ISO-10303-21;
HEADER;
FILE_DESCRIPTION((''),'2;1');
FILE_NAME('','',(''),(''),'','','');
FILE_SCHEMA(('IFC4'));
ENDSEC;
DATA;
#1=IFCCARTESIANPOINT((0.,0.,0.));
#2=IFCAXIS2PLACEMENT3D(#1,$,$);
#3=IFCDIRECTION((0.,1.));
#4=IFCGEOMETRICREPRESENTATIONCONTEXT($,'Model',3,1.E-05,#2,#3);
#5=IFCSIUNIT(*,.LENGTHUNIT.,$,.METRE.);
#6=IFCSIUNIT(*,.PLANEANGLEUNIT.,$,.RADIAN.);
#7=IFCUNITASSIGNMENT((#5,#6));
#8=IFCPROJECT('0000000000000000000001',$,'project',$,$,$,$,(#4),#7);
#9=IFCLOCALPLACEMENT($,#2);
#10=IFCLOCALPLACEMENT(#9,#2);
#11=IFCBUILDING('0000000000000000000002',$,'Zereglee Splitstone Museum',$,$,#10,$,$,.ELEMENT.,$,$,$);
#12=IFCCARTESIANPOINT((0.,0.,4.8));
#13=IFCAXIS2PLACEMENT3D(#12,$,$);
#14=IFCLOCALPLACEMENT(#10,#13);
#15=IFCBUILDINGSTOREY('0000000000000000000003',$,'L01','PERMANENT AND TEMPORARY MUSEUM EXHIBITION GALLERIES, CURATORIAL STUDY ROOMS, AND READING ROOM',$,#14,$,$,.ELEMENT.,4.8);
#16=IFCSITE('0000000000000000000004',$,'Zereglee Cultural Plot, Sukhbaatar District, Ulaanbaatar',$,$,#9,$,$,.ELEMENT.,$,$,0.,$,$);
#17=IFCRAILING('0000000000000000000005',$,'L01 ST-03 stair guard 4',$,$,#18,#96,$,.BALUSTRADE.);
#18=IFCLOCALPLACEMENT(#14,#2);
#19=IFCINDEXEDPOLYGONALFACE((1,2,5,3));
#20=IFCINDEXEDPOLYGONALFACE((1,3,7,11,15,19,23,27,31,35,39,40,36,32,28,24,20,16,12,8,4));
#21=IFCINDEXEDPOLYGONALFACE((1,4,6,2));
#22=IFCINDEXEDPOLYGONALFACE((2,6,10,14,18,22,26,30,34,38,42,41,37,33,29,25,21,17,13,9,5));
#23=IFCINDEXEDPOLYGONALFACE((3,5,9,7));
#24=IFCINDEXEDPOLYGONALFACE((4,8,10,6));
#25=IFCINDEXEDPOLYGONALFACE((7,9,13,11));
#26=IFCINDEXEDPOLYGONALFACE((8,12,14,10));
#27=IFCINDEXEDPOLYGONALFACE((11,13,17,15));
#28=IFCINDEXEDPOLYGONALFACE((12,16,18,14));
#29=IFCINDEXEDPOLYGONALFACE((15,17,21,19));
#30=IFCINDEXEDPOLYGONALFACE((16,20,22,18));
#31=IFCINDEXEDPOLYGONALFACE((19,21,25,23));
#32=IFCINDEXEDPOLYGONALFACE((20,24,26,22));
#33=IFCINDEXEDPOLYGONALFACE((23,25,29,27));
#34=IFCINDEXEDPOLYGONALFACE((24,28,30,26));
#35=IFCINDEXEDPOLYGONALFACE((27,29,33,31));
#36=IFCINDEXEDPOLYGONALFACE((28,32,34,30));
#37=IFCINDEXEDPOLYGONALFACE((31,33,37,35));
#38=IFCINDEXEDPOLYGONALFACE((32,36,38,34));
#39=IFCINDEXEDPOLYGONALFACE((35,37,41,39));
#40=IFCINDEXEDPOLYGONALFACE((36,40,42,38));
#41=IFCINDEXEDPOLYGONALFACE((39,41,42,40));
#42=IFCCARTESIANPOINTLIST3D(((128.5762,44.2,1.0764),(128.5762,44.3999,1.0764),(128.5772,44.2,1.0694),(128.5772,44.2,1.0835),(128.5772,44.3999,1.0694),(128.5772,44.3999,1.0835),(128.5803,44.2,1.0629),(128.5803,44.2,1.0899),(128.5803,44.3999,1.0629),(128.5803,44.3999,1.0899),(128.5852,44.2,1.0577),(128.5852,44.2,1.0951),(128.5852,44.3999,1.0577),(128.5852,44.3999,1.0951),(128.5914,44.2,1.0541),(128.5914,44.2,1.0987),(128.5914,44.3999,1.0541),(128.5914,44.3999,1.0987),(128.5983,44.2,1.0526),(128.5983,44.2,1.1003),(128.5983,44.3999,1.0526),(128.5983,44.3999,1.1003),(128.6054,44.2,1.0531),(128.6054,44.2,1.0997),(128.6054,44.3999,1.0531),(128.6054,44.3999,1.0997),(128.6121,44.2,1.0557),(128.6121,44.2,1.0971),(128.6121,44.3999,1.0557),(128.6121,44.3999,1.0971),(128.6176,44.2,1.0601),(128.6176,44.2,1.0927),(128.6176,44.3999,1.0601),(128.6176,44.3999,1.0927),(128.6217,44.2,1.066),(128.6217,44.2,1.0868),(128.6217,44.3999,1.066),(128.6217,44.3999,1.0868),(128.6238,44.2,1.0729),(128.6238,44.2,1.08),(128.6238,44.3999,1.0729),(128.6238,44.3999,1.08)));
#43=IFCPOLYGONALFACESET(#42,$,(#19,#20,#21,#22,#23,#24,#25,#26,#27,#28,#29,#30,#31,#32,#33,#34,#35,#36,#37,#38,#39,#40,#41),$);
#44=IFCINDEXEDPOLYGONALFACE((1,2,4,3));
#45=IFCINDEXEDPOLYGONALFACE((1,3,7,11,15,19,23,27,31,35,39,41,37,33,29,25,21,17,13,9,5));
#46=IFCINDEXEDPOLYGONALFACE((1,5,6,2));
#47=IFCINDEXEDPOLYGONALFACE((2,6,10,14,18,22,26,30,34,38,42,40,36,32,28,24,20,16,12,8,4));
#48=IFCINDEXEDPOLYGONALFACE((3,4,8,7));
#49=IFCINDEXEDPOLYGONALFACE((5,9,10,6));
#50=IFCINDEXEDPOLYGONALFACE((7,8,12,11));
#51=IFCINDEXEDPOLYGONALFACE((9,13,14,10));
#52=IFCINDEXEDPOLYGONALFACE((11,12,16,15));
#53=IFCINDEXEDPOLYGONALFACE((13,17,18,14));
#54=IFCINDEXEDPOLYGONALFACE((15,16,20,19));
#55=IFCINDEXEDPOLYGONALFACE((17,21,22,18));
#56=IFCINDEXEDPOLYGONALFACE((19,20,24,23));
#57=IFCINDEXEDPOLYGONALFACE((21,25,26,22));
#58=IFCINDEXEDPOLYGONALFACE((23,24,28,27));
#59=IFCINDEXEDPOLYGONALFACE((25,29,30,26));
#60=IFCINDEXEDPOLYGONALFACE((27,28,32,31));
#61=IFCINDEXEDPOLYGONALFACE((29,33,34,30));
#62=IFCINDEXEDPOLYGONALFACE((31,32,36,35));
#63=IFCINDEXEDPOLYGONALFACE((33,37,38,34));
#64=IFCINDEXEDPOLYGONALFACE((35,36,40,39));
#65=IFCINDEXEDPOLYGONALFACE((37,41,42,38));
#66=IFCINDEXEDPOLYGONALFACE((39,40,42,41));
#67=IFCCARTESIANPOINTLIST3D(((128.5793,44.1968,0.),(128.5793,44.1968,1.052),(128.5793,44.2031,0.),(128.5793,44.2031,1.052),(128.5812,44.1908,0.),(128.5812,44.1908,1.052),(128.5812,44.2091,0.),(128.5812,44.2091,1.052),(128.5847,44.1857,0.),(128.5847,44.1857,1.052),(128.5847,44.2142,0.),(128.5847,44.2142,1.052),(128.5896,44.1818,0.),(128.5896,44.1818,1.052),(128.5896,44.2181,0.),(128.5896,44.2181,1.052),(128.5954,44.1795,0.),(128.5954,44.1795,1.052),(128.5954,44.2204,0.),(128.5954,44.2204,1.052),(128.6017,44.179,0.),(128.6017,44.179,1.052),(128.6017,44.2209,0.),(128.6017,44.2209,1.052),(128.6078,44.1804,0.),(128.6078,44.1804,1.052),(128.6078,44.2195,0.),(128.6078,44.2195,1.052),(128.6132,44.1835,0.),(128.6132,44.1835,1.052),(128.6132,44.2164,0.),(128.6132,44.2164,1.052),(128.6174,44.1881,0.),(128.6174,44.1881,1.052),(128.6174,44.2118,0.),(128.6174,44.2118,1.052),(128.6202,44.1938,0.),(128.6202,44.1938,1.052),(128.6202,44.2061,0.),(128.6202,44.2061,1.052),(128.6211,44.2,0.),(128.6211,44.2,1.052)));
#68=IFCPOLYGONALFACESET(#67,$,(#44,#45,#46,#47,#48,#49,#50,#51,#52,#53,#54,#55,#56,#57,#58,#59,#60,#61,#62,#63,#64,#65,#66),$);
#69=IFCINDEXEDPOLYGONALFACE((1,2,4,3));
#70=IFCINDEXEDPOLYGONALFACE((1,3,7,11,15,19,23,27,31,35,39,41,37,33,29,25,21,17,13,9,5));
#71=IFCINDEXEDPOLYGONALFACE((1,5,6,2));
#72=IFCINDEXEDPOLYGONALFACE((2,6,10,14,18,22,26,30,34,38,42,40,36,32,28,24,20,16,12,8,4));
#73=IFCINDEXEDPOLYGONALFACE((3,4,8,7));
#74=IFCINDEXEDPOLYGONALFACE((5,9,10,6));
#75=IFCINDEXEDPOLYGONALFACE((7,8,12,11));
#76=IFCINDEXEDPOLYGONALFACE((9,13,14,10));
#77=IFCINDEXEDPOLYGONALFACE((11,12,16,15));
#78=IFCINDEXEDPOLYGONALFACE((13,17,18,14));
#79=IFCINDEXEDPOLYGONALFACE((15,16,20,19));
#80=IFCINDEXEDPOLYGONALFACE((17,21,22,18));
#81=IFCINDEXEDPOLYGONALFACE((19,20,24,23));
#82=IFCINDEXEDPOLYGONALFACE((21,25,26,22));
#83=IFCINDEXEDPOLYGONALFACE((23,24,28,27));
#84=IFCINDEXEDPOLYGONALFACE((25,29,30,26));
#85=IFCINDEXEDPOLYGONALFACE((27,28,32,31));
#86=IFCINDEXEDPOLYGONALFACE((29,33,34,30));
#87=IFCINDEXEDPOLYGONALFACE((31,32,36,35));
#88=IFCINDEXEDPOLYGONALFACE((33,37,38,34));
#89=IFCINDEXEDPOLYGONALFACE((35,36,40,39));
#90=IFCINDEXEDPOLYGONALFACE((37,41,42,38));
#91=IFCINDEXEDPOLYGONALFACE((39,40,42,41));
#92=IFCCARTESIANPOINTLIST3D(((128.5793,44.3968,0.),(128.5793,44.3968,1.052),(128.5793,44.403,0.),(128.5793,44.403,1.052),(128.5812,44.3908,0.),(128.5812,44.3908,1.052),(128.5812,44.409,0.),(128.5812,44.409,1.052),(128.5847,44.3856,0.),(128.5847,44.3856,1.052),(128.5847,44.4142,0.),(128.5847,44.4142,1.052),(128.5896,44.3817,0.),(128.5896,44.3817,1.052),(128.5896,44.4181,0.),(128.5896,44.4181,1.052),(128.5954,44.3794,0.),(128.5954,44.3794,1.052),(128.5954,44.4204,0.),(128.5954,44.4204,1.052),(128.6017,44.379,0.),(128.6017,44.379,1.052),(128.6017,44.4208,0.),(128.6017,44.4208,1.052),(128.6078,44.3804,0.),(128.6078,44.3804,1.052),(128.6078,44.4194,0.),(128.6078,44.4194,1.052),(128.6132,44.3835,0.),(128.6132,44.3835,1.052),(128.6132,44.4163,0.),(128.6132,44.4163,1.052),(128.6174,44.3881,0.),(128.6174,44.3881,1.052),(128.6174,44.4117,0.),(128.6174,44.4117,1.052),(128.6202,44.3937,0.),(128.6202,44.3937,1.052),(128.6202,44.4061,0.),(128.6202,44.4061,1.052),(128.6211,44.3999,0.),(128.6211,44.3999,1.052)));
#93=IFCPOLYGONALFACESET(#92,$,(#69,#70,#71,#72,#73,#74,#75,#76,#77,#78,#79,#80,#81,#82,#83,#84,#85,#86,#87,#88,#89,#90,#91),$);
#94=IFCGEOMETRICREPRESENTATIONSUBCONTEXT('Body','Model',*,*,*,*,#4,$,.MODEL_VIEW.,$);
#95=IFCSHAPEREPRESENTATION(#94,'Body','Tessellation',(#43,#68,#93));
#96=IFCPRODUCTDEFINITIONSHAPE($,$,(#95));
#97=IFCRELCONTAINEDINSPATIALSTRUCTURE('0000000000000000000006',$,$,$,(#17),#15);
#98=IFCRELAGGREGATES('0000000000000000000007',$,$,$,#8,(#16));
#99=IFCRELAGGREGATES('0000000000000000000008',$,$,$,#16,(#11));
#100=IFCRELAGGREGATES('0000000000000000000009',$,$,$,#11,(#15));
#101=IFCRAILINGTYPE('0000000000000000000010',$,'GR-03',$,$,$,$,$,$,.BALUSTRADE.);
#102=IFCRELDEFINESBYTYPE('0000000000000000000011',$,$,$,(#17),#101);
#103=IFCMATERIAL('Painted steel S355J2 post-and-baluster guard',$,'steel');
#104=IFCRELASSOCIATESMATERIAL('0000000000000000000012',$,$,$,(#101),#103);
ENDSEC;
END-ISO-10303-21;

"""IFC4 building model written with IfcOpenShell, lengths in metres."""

from ifc_helpers import new_model, si_unit, direction, frame, origin, origin_2d, place, context, subcontext, project, spatial, circle, extrude, material, type_object, element, save


model = new_model("IFC4")

# Units and contexts
model_context = context("Model", 3, precision=1e-05, world=origin(), true_north=direction((0.0, 1.0)))
body_context = subcontext(model_context, "Body", "Model", "MODEL_VIEW")
ifc_project = project(units=[si_unit("LENGTHUNIT", "METRE"), si_unit("PLANEANGLEUNIT", "RADIAN")], contexts=[model_context])

# Site, building, storey
site_placement = place(None, origin())
site = spatial("IfcSite", under=ifc_project, at=site_placement, Name="Zereglee Cultural Plot, Sukhbaatar District, Ulaanbaatar", CompositionType="ELEMENT", RefElevation=0.0)
building_placement = place(site_placement, origin())
building = spatial("IfcBuilding", under=site, at=building_placement, Name="Zereglee Splitstone Museum", CompositionType="ELEMENT")
storey_placement = place(building_placement, frame((0.0, 0.0, 4.8)))
storey = spatial("IfcBuildingStorey", under=building, at=storey_placement, Name="L01", Description="PERMANENT AND TEMPORARY MUSEUM EXHIBITION GALLERIES, CURATORIAL STUDY ROOMS, AND READING ROOM", CompositionType="ELEMENT", Elevation=4.8)

# Railing
ifc_material_1 = material(Name="Painted steel S355J2 post-and-baluster guard", Category="steel")
railing_type_1 = type_object("IfcRailingType", Name="GR-03", PredefinedType="BALUSTRADE", material=ifc_material_1)
railing_1_placement = place(storey_placement, frame((128.6001, 44.2, 0.0)))
element("IfcRailing", 1, at=railing_1_placement, inside=storey, type_object=railing_type_1, Name="L01 ST-03 stair guard 4", PredefinedType="BALUSTRADE", context=body_context, shape_type="SweptSolid", body=[
    extrude(circle(Radius=0.0239, at=origin_2d()), frame((0.0, 0.0, 1.0764), z_axis=(0.0, 1.0, 0.0), x_axis=(-1.0, 0.0, 0.0)), (0.0, 0.0, 1.0), 0.2),
    extrude(circle(Radius=0.021, at=origin_2d()), origin(), (0.0, 0.0, 1.0), 1.052),
    extrude(circle(Radius=0.021, at=origin_2d()), frame((0.0, 0.2, 0.0)), (0.0, 0.0, 1.0), 1.052),
])

save(model, "model.ifc")
